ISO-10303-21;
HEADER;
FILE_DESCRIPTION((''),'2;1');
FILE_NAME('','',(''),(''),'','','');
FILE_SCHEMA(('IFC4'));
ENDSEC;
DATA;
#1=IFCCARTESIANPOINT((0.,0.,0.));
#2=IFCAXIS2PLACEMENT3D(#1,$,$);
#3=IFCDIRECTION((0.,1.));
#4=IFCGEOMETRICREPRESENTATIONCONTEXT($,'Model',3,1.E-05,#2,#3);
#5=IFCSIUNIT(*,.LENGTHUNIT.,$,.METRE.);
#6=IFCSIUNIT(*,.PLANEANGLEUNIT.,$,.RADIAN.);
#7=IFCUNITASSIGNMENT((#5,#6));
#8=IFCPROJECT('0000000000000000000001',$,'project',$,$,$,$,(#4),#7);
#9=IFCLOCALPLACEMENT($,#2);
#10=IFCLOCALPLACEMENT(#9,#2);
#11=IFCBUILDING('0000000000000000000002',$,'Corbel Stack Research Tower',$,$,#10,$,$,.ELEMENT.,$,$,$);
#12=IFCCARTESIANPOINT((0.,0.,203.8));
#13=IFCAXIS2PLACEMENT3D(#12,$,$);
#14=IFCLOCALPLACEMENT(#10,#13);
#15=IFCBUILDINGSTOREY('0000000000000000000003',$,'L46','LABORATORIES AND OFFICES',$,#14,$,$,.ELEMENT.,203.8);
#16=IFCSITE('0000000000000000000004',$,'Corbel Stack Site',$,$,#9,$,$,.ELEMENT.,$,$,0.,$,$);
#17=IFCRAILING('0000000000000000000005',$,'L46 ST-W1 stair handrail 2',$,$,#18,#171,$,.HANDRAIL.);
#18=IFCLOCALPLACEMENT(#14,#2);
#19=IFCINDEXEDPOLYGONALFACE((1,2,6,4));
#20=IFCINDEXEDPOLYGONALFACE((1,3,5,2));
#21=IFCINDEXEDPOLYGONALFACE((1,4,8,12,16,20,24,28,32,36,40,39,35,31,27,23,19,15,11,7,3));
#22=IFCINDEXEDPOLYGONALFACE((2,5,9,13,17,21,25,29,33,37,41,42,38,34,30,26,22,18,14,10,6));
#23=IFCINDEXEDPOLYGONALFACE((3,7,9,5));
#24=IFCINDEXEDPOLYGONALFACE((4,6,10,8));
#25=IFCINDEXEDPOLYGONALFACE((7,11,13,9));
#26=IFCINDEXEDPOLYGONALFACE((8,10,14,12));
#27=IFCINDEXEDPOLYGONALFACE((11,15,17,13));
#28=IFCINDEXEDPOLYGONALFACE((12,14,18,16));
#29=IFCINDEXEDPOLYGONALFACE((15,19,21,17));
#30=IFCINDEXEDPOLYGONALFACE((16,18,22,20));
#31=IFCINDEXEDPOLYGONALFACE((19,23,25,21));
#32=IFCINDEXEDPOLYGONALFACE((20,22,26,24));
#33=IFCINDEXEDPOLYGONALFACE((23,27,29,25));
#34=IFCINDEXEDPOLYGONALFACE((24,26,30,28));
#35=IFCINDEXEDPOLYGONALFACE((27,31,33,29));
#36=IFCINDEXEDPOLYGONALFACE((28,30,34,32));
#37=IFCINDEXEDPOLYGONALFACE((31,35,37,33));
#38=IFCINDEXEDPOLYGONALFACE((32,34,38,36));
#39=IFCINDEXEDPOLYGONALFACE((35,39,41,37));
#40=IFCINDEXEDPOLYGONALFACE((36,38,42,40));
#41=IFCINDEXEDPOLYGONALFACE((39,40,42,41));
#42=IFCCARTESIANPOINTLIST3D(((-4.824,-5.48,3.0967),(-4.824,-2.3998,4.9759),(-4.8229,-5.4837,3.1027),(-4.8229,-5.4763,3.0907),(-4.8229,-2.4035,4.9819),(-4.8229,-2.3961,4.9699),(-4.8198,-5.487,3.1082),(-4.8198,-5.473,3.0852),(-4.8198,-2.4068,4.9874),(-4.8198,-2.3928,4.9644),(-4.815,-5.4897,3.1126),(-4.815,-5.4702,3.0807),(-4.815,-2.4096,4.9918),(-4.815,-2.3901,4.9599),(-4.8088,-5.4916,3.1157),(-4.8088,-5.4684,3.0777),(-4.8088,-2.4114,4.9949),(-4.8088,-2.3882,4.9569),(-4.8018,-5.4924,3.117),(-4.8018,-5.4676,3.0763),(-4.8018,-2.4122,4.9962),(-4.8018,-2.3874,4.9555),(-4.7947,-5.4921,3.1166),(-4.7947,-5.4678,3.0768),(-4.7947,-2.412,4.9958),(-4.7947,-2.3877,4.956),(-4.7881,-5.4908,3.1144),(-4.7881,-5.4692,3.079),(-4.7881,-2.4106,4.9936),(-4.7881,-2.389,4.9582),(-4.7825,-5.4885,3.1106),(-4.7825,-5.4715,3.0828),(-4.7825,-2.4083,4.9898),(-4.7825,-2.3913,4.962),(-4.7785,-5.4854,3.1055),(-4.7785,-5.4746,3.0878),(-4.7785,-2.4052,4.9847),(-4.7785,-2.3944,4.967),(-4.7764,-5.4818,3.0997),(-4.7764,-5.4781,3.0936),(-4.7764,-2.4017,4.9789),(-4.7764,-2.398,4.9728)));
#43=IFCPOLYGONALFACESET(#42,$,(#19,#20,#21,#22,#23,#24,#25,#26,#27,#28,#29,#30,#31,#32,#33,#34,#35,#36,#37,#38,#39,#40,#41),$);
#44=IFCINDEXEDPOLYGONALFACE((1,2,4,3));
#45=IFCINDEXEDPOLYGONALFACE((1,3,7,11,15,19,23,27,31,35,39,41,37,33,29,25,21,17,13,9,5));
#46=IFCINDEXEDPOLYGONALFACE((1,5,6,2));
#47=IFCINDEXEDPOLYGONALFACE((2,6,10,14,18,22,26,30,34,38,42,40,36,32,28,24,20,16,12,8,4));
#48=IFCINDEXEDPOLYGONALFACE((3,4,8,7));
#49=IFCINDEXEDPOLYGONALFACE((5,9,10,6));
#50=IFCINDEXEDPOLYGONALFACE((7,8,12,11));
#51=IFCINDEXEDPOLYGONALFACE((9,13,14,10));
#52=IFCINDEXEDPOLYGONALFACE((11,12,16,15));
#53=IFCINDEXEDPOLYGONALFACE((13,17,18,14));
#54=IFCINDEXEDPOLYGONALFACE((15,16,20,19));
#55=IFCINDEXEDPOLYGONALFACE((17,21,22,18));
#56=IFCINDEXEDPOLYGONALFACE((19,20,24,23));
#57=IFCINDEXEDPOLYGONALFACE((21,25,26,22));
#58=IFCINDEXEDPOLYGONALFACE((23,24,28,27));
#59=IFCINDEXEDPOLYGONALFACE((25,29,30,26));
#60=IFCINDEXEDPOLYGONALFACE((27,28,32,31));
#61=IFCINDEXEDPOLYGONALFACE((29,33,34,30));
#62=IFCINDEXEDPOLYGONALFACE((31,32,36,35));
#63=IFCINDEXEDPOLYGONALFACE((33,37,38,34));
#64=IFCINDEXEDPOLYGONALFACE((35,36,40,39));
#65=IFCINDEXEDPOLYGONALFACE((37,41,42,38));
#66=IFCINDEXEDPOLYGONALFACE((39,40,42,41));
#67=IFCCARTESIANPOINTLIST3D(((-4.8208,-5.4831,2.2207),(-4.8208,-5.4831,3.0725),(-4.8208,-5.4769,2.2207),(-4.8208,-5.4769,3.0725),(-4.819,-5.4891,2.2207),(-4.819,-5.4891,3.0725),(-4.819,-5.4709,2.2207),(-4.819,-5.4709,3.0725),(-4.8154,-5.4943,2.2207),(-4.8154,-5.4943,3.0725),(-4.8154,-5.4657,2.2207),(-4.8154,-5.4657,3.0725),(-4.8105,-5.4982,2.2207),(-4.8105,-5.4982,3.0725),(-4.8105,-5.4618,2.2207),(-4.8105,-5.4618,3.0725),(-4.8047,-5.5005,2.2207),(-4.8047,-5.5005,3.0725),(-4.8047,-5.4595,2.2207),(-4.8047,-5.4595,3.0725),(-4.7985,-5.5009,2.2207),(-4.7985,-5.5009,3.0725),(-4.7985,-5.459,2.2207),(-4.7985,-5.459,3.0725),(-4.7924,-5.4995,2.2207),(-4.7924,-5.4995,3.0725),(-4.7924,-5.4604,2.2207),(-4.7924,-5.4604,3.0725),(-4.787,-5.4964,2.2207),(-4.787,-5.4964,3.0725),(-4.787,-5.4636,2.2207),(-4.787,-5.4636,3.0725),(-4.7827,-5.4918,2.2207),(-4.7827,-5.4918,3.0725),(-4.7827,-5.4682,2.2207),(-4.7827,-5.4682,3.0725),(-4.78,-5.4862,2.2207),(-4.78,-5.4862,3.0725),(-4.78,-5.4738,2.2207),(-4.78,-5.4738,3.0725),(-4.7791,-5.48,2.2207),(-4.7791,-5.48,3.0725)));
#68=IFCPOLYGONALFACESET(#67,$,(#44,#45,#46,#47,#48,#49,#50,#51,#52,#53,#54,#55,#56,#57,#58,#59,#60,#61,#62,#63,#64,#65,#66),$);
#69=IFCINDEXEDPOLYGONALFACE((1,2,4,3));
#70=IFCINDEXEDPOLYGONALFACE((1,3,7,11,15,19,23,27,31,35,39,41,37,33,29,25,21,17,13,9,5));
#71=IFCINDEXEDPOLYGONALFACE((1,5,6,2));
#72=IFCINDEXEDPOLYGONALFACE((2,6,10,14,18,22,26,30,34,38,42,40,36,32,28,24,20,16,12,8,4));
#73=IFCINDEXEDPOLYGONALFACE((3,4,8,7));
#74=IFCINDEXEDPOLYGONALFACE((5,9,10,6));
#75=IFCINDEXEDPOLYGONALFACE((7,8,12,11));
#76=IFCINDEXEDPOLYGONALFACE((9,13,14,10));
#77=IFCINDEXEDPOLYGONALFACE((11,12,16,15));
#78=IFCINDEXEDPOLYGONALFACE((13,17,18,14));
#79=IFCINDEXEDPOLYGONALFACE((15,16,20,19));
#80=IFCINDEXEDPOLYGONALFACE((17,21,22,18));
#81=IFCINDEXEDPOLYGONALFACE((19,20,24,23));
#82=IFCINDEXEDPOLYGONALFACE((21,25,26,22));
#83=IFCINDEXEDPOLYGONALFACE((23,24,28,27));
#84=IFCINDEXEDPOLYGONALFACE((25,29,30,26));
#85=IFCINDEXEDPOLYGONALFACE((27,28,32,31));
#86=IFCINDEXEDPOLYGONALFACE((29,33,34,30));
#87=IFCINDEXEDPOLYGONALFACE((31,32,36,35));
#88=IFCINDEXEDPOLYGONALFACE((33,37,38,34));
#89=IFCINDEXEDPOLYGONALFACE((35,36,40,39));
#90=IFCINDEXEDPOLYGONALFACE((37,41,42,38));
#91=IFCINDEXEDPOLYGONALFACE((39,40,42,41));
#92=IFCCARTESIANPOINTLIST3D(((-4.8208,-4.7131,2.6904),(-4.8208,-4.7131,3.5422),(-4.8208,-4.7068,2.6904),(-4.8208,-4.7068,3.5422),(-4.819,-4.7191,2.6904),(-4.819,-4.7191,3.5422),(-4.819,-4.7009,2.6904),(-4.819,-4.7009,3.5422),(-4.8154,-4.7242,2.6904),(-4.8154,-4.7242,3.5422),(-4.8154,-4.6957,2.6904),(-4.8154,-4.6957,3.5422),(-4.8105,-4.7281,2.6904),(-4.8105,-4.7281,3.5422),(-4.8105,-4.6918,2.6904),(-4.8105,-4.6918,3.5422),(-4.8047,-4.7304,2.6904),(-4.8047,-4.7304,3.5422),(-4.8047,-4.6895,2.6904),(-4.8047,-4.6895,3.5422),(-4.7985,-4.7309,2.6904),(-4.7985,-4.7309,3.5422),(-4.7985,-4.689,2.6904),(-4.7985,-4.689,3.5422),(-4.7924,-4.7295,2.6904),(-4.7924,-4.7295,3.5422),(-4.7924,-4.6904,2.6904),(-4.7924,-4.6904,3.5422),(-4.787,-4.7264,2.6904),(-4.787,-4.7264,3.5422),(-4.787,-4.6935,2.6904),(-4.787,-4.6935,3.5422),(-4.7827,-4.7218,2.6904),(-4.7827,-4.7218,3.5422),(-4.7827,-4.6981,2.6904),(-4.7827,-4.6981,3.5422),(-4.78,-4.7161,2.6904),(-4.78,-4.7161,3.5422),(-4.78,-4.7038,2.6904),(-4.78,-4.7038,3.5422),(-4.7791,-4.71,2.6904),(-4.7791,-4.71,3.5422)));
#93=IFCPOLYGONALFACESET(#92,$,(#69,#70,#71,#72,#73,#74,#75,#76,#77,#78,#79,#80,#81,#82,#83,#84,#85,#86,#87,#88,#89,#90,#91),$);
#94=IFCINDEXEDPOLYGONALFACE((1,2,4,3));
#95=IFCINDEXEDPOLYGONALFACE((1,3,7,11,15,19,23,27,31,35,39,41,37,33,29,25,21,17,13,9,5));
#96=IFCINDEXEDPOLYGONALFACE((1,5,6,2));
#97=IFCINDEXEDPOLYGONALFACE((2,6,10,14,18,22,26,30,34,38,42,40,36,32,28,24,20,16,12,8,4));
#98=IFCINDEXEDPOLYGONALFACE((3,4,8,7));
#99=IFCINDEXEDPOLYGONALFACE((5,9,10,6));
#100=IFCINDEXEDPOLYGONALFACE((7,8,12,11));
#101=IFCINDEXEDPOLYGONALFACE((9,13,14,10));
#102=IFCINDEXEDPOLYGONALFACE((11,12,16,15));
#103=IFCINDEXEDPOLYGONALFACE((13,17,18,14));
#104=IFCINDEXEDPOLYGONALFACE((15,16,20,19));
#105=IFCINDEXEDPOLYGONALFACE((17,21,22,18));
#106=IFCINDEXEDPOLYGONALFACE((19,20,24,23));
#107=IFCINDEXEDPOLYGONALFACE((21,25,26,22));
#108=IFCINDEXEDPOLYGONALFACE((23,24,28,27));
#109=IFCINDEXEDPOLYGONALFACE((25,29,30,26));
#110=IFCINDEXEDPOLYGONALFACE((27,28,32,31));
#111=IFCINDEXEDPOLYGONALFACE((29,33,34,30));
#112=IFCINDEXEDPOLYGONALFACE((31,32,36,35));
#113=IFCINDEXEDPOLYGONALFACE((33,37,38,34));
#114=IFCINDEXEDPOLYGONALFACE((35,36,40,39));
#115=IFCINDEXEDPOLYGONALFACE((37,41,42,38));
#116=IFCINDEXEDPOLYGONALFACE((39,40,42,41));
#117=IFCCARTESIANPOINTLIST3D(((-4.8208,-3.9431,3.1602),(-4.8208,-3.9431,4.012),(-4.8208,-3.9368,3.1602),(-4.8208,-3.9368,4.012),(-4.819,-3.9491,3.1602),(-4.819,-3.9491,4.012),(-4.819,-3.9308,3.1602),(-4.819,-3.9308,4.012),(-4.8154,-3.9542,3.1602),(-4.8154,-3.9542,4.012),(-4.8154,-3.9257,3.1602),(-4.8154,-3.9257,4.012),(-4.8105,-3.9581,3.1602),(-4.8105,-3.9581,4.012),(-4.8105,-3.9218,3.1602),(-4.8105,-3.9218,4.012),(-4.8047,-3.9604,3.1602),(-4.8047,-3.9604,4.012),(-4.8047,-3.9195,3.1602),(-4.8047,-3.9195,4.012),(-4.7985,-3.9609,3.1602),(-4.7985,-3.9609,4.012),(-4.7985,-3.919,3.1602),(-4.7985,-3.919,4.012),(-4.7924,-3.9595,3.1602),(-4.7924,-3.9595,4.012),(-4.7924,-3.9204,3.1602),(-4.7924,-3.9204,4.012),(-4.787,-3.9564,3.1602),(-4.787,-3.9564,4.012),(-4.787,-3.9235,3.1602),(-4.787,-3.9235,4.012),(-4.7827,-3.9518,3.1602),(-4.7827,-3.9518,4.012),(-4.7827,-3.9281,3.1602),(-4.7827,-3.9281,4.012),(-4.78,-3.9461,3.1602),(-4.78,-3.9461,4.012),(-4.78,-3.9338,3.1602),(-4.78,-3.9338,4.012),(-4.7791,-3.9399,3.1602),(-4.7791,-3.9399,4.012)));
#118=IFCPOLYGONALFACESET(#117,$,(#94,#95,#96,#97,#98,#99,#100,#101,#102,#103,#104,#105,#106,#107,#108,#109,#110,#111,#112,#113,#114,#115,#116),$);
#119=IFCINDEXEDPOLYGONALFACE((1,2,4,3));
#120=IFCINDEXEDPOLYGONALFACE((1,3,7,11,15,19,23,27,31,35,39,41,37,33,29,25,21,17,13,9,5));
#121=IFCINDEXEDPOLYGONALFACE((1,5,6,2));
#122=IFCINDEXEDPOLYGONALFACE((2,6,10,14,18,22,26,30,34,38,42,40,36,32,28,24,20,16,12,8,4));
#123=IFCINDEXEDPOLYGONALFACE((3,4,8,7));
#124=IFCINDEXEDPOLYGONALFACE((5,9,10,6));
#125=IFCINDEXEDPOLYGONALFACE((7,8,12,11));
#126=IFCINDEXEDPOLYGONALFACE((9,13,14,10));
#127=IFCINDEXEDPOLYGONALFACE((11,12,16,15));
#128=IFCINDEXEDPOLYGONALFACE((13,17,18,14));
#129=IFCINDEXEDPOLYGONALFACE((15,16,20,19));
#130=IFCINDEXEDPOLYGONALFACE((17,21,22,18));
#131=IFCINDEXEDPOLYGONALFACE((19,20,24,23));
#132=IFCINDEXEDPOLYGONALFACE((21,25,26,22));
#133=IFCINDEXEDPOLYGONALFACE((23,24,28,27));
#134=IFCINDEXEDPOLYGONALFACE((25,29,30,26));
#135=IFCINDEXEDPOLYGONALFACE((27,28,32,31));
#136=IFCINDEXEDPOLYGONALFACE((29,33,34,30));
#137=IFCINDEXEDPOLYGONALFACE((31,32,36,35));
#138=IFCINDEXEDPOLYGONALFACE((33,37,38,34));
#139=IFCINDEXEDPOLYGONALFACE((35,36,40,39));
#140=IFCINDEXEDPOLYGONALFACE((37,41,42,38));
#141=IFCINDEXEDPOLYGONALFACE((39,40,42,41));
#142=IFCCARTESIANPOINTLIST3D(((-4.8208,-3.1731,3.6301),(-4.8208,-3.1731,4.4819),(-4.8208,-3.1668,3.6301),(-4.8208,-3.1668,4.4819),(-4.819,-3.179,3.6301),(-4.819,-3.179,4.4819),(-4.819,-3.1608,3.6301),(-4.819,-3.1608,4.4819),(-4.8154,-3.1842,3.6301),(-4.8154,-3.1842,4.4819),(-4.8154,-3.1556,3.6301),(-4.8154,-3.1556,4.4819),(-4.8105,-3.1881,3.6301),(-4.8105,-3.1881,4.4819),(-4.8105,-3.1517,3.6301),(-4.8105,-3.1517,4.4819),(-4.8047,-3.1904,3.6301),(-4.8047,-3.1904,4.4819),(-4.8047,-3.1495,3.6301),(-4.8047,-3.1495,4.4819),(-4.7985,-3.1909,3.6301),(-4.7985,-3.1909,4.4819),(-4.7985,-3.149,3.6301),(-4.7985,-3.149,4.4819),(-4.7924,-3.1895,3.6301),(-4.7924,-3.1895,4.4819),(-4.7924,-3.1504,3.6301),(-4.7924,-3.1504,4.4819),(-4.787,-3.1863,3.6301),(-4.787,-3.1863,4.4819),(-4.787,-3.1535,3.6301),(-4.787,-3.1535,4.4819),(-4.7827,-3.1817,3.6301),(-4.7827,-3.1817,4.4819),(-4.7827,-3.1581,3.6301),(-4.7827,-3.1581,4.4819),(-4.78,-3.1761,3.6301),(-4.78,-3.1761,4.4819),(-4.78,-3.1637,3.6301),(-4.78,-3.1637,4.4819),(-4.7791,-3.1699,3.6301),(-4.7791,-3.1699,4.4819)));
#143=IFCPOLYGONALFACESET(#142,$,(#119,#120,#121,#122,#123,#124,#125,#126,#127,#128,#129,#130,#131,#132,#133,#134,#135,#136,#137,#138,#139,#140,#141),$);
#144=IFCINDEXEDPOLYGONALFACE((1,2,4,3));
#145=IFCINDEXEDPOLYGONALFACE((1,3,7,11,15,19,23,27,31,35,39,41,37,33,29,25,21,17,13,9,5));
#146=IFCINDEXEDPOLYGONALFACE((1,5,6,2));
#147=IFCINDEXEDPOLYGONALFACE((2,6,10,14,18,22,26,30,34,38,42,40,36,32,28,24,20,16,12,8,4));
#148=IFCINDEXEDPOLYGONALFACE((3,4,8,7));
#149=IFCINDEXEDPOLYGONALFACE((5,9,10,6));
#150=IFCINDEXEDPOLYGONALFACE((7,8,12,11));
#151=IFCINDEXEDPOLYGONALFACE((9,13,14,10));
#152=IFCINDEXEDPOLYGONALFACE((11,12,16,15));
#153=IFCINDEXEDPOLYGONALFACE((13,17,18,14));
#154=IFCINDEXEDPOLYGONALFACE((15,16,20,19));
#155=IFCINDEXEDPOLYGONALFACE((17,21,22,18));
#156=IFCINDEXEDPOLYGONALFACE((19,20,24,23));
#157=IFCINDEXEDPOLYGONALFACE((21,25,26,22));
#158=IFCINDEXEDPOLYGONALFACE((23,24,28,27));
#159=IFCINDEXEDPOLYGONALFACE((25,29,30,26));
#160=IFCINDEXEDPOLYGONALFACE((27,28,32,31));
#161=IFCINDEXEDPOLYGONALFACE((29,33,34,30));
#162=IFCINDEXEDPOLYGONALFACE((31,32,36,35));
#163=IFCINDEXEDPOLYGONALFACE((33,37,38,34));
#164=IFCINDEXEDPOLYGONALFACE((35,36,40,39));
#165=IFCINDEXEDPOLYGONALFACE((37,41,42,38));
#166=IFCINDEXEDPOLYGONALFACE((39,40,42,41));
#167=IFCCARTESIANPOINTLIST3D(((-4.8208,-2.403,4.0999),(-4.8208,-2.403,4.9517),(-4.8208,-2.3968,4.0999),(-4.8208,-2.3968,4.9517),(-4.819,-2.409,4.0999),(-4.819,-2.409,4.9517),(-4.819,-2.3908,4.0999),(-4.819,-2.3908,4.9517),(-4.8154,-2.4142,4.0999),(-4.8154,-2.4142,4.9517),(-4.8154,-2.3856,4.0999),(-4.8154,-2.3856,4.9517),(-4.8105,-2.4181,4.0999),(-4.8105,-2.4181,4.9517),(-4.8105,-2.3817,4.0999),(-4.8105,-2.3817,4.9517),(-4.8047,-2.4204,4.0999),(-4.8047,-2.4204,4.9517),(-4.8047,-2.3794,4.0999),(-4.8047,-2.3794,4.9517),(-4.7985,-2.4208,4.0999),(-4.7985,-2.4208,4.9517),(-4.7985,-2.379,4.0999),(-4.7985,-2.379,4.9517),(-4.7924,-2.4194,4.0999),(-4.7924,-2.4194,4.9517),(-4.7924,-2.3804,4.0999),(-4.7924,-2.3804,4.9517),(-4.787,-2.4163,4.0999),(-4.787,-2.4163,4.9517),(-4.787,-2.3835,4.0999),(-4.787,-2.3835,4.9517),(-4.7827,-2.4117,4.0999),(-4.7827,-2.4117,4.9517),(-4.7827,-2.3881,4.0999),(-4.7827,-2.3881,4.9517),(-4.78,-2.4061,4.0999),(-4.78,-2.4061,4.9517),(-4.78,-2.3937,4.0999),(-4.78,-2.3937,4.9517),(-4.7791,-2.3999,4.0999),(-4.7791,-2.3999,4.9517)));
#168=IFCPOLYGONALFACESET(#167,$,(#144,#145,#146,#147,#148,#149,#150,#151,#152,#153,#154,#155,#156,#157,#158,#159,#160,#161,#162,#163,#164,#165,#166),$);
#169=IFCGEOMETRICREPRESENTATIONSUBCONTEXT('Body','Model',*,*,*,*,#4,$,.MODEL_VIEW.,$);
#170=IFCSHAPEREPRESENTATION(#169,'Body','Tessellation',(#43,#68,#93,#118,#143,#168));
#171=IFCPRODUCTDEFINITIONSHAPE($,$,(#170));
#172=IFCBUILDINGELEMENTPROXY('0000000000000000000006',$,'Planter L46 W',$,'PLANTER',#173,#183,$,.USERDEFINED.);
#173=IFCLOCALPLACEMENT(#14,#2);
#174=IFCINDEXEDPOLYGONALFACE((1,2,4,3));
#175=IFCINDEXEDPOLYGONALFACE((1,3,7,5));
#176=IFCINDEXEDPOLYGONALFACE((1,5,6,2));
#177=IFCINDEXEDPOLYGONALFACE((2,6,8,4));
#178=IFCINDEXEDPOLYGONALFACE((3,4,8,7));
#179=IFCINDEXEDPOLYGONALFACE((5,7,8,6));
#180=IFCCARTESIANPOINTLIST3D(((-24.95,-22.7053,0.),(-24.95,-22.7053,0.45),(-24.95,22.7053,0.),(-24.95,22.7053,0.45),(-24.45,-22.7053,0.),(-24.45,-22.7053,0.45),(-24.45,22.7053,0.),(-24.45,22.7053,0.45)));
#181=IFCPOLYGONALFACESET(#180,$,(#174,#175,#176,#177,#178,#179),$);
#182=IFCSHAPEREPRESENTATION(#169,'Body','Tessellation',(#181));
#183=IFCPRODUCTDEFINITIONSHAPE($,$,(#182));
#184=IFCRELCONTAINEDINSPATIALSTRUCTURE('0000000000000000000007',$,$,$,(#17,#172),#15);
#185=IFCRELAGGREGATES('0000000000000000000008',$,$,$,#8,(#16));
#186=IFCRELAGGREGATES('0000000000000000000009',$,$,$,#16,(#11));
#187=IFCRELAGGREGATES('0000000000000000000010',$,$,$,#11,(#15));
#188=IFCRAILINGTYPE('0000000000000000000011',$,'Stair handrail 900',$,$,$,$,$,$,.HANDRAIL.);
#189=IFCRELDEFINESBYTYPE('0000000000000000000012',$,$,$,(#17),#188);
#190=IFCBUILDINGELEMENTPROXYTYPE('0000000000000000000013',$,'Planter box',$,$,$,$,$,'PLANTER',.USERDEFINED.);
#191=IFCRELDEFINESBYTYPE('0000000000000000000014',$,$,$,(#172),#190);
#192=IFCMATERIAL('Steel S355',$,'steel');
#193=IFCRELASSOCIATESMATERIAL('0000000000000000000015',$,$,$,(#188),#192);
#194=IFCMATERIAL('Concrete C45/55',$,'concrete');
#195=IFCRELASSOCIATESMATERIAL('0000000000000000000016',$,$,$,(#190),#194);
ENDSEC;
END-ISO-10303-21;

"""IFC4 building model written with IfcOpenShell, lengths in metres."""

from ifc_helpers import new_model, si_unit, direction, frame, origin, origin_2d, place, context, subcontext, project, spatial, rectangle, circle, extrude, material, type_object, element, save


model = new_model("IFC4")

# Units and contexts
model_context = context("Model", 3, precision=1e-05, world=origin(), true_north=direction((0.0, 1.0)))
body_context = subcontext(model_context, "Body", "Model", "MODEL_VIEW")
ifc_project = project(units=[si_unit("LENGTHUNIT", "METRE"), si_unit("PLANEANGLEUNIT", "RADIAN")], contexts=[model_context])

# Site, building, storey
site_placement = place(None, origin())
site = spatial("IfcSite", under=ifc_project, at=site_placement, Name="Corbel Stack Site", CompositionType="ELEMENT", RefElevation=0.0)
building_placement = place(site_placement, origin())
building = spatial("IfcBuilding", under=site, at=building_placement, Name="Corbel Stack Research Tower", CompositionType="ELEMENT")
storey_placement = place(building_placement, frame((0.0, 0.0, 203.8)))
storey = spatial("IfcBuildingStorey", under=building, at=storey_placement, Name="L46", Description="LABORATORIES AND OFFICES", CompositionType="ELEMENT", Elevation=203.8)

# Railing
ifc_material_1 = material(Name="Steel S355", Category="steel")
railing_type_1 = type_object("IfcRailingType", Name="Stair handrail 900", PredefinedType="HANDRAIL", material=ifc_material_1)
railing_1_placement = place(storey_placement, frame((-4.8, -5.48, 2.2207)))
element("IfcRailing", 1, at=railing_1_placement, inside=storey, type_object=railing_type_1, Name="L46 ST-W1 stair handrail 2", PredefinedType="HANDRAIL", context=body_context, shape_type="SweptSolid", body=[
    extrude(circle(Radius=0.0239, at=origin_2d()), frame((0.0, 0.0, 0.876), z_axis=(0.0, 0.853666, 0.52082), x_axis=(-1.0, 0.0, 0.0)), (0.0, 0.0, 1.0), 3.6082),
    extrude(circle(Radius=0.021, at=origin_2d()), origin(), (0.0, 0.0, 1.0), 0.8518),
    extrude(circle(Radius=0.021, at=origin_2d()), frame((0.0, 0.77, 0.4697)), (0.0, 0.0, 1.0), 0.8518),
    extrude(circle(Radius=0.021, at=origin_2d()), frame((0.0, 1.54, 0.9395)), (0.0, 0.0, 1.0), 0.8518),
    extrude(circle(Radius=0.021, at=origin_2d()), frame((0.0, 2.3101, 1.4094)), (0.0, 0.0, 1.0), 0.8518),
    extrude(circle(Radius=0.021, at=origin_2d()), frame((0.0, 3.0801, 1.8792)), (0.0, 0.0, 1.0), 0.8518),
])

# Building element proxy
ifc_material_2 = material(Name="Concrete C45/55", Category="concrete")
building_element_proxy_type = type_object("IfcBuildingElementProxyType", Name="Planter box", ElementType="PLANTER", PredefinedType="USERDEFINED", material=ifc_material_2)
proxy_placement = place(storey_placement, frame((-24.7, 0.0, 0.0), z_axis=(0.0, 0.0, 1.0), x_axis=(0.0, -1.0, 0.0)))
element("IfcBuildingElementProxy", 2, at=proxy_placement, inside=storey, type_object=building_element_proxy_type, Name="Planter L46 W", ObjectType="PLANTER", PredefinedType="USERDEFINED", context=body_context, shape_type="SweptSolid", body=[
    extrude(rectangle(XDim=45.4106, YDim=0.5, at=origin_2d()), origin(), (0.0, 0.0, 1.0), 0.45),
])

save(model, "model.ifc")
